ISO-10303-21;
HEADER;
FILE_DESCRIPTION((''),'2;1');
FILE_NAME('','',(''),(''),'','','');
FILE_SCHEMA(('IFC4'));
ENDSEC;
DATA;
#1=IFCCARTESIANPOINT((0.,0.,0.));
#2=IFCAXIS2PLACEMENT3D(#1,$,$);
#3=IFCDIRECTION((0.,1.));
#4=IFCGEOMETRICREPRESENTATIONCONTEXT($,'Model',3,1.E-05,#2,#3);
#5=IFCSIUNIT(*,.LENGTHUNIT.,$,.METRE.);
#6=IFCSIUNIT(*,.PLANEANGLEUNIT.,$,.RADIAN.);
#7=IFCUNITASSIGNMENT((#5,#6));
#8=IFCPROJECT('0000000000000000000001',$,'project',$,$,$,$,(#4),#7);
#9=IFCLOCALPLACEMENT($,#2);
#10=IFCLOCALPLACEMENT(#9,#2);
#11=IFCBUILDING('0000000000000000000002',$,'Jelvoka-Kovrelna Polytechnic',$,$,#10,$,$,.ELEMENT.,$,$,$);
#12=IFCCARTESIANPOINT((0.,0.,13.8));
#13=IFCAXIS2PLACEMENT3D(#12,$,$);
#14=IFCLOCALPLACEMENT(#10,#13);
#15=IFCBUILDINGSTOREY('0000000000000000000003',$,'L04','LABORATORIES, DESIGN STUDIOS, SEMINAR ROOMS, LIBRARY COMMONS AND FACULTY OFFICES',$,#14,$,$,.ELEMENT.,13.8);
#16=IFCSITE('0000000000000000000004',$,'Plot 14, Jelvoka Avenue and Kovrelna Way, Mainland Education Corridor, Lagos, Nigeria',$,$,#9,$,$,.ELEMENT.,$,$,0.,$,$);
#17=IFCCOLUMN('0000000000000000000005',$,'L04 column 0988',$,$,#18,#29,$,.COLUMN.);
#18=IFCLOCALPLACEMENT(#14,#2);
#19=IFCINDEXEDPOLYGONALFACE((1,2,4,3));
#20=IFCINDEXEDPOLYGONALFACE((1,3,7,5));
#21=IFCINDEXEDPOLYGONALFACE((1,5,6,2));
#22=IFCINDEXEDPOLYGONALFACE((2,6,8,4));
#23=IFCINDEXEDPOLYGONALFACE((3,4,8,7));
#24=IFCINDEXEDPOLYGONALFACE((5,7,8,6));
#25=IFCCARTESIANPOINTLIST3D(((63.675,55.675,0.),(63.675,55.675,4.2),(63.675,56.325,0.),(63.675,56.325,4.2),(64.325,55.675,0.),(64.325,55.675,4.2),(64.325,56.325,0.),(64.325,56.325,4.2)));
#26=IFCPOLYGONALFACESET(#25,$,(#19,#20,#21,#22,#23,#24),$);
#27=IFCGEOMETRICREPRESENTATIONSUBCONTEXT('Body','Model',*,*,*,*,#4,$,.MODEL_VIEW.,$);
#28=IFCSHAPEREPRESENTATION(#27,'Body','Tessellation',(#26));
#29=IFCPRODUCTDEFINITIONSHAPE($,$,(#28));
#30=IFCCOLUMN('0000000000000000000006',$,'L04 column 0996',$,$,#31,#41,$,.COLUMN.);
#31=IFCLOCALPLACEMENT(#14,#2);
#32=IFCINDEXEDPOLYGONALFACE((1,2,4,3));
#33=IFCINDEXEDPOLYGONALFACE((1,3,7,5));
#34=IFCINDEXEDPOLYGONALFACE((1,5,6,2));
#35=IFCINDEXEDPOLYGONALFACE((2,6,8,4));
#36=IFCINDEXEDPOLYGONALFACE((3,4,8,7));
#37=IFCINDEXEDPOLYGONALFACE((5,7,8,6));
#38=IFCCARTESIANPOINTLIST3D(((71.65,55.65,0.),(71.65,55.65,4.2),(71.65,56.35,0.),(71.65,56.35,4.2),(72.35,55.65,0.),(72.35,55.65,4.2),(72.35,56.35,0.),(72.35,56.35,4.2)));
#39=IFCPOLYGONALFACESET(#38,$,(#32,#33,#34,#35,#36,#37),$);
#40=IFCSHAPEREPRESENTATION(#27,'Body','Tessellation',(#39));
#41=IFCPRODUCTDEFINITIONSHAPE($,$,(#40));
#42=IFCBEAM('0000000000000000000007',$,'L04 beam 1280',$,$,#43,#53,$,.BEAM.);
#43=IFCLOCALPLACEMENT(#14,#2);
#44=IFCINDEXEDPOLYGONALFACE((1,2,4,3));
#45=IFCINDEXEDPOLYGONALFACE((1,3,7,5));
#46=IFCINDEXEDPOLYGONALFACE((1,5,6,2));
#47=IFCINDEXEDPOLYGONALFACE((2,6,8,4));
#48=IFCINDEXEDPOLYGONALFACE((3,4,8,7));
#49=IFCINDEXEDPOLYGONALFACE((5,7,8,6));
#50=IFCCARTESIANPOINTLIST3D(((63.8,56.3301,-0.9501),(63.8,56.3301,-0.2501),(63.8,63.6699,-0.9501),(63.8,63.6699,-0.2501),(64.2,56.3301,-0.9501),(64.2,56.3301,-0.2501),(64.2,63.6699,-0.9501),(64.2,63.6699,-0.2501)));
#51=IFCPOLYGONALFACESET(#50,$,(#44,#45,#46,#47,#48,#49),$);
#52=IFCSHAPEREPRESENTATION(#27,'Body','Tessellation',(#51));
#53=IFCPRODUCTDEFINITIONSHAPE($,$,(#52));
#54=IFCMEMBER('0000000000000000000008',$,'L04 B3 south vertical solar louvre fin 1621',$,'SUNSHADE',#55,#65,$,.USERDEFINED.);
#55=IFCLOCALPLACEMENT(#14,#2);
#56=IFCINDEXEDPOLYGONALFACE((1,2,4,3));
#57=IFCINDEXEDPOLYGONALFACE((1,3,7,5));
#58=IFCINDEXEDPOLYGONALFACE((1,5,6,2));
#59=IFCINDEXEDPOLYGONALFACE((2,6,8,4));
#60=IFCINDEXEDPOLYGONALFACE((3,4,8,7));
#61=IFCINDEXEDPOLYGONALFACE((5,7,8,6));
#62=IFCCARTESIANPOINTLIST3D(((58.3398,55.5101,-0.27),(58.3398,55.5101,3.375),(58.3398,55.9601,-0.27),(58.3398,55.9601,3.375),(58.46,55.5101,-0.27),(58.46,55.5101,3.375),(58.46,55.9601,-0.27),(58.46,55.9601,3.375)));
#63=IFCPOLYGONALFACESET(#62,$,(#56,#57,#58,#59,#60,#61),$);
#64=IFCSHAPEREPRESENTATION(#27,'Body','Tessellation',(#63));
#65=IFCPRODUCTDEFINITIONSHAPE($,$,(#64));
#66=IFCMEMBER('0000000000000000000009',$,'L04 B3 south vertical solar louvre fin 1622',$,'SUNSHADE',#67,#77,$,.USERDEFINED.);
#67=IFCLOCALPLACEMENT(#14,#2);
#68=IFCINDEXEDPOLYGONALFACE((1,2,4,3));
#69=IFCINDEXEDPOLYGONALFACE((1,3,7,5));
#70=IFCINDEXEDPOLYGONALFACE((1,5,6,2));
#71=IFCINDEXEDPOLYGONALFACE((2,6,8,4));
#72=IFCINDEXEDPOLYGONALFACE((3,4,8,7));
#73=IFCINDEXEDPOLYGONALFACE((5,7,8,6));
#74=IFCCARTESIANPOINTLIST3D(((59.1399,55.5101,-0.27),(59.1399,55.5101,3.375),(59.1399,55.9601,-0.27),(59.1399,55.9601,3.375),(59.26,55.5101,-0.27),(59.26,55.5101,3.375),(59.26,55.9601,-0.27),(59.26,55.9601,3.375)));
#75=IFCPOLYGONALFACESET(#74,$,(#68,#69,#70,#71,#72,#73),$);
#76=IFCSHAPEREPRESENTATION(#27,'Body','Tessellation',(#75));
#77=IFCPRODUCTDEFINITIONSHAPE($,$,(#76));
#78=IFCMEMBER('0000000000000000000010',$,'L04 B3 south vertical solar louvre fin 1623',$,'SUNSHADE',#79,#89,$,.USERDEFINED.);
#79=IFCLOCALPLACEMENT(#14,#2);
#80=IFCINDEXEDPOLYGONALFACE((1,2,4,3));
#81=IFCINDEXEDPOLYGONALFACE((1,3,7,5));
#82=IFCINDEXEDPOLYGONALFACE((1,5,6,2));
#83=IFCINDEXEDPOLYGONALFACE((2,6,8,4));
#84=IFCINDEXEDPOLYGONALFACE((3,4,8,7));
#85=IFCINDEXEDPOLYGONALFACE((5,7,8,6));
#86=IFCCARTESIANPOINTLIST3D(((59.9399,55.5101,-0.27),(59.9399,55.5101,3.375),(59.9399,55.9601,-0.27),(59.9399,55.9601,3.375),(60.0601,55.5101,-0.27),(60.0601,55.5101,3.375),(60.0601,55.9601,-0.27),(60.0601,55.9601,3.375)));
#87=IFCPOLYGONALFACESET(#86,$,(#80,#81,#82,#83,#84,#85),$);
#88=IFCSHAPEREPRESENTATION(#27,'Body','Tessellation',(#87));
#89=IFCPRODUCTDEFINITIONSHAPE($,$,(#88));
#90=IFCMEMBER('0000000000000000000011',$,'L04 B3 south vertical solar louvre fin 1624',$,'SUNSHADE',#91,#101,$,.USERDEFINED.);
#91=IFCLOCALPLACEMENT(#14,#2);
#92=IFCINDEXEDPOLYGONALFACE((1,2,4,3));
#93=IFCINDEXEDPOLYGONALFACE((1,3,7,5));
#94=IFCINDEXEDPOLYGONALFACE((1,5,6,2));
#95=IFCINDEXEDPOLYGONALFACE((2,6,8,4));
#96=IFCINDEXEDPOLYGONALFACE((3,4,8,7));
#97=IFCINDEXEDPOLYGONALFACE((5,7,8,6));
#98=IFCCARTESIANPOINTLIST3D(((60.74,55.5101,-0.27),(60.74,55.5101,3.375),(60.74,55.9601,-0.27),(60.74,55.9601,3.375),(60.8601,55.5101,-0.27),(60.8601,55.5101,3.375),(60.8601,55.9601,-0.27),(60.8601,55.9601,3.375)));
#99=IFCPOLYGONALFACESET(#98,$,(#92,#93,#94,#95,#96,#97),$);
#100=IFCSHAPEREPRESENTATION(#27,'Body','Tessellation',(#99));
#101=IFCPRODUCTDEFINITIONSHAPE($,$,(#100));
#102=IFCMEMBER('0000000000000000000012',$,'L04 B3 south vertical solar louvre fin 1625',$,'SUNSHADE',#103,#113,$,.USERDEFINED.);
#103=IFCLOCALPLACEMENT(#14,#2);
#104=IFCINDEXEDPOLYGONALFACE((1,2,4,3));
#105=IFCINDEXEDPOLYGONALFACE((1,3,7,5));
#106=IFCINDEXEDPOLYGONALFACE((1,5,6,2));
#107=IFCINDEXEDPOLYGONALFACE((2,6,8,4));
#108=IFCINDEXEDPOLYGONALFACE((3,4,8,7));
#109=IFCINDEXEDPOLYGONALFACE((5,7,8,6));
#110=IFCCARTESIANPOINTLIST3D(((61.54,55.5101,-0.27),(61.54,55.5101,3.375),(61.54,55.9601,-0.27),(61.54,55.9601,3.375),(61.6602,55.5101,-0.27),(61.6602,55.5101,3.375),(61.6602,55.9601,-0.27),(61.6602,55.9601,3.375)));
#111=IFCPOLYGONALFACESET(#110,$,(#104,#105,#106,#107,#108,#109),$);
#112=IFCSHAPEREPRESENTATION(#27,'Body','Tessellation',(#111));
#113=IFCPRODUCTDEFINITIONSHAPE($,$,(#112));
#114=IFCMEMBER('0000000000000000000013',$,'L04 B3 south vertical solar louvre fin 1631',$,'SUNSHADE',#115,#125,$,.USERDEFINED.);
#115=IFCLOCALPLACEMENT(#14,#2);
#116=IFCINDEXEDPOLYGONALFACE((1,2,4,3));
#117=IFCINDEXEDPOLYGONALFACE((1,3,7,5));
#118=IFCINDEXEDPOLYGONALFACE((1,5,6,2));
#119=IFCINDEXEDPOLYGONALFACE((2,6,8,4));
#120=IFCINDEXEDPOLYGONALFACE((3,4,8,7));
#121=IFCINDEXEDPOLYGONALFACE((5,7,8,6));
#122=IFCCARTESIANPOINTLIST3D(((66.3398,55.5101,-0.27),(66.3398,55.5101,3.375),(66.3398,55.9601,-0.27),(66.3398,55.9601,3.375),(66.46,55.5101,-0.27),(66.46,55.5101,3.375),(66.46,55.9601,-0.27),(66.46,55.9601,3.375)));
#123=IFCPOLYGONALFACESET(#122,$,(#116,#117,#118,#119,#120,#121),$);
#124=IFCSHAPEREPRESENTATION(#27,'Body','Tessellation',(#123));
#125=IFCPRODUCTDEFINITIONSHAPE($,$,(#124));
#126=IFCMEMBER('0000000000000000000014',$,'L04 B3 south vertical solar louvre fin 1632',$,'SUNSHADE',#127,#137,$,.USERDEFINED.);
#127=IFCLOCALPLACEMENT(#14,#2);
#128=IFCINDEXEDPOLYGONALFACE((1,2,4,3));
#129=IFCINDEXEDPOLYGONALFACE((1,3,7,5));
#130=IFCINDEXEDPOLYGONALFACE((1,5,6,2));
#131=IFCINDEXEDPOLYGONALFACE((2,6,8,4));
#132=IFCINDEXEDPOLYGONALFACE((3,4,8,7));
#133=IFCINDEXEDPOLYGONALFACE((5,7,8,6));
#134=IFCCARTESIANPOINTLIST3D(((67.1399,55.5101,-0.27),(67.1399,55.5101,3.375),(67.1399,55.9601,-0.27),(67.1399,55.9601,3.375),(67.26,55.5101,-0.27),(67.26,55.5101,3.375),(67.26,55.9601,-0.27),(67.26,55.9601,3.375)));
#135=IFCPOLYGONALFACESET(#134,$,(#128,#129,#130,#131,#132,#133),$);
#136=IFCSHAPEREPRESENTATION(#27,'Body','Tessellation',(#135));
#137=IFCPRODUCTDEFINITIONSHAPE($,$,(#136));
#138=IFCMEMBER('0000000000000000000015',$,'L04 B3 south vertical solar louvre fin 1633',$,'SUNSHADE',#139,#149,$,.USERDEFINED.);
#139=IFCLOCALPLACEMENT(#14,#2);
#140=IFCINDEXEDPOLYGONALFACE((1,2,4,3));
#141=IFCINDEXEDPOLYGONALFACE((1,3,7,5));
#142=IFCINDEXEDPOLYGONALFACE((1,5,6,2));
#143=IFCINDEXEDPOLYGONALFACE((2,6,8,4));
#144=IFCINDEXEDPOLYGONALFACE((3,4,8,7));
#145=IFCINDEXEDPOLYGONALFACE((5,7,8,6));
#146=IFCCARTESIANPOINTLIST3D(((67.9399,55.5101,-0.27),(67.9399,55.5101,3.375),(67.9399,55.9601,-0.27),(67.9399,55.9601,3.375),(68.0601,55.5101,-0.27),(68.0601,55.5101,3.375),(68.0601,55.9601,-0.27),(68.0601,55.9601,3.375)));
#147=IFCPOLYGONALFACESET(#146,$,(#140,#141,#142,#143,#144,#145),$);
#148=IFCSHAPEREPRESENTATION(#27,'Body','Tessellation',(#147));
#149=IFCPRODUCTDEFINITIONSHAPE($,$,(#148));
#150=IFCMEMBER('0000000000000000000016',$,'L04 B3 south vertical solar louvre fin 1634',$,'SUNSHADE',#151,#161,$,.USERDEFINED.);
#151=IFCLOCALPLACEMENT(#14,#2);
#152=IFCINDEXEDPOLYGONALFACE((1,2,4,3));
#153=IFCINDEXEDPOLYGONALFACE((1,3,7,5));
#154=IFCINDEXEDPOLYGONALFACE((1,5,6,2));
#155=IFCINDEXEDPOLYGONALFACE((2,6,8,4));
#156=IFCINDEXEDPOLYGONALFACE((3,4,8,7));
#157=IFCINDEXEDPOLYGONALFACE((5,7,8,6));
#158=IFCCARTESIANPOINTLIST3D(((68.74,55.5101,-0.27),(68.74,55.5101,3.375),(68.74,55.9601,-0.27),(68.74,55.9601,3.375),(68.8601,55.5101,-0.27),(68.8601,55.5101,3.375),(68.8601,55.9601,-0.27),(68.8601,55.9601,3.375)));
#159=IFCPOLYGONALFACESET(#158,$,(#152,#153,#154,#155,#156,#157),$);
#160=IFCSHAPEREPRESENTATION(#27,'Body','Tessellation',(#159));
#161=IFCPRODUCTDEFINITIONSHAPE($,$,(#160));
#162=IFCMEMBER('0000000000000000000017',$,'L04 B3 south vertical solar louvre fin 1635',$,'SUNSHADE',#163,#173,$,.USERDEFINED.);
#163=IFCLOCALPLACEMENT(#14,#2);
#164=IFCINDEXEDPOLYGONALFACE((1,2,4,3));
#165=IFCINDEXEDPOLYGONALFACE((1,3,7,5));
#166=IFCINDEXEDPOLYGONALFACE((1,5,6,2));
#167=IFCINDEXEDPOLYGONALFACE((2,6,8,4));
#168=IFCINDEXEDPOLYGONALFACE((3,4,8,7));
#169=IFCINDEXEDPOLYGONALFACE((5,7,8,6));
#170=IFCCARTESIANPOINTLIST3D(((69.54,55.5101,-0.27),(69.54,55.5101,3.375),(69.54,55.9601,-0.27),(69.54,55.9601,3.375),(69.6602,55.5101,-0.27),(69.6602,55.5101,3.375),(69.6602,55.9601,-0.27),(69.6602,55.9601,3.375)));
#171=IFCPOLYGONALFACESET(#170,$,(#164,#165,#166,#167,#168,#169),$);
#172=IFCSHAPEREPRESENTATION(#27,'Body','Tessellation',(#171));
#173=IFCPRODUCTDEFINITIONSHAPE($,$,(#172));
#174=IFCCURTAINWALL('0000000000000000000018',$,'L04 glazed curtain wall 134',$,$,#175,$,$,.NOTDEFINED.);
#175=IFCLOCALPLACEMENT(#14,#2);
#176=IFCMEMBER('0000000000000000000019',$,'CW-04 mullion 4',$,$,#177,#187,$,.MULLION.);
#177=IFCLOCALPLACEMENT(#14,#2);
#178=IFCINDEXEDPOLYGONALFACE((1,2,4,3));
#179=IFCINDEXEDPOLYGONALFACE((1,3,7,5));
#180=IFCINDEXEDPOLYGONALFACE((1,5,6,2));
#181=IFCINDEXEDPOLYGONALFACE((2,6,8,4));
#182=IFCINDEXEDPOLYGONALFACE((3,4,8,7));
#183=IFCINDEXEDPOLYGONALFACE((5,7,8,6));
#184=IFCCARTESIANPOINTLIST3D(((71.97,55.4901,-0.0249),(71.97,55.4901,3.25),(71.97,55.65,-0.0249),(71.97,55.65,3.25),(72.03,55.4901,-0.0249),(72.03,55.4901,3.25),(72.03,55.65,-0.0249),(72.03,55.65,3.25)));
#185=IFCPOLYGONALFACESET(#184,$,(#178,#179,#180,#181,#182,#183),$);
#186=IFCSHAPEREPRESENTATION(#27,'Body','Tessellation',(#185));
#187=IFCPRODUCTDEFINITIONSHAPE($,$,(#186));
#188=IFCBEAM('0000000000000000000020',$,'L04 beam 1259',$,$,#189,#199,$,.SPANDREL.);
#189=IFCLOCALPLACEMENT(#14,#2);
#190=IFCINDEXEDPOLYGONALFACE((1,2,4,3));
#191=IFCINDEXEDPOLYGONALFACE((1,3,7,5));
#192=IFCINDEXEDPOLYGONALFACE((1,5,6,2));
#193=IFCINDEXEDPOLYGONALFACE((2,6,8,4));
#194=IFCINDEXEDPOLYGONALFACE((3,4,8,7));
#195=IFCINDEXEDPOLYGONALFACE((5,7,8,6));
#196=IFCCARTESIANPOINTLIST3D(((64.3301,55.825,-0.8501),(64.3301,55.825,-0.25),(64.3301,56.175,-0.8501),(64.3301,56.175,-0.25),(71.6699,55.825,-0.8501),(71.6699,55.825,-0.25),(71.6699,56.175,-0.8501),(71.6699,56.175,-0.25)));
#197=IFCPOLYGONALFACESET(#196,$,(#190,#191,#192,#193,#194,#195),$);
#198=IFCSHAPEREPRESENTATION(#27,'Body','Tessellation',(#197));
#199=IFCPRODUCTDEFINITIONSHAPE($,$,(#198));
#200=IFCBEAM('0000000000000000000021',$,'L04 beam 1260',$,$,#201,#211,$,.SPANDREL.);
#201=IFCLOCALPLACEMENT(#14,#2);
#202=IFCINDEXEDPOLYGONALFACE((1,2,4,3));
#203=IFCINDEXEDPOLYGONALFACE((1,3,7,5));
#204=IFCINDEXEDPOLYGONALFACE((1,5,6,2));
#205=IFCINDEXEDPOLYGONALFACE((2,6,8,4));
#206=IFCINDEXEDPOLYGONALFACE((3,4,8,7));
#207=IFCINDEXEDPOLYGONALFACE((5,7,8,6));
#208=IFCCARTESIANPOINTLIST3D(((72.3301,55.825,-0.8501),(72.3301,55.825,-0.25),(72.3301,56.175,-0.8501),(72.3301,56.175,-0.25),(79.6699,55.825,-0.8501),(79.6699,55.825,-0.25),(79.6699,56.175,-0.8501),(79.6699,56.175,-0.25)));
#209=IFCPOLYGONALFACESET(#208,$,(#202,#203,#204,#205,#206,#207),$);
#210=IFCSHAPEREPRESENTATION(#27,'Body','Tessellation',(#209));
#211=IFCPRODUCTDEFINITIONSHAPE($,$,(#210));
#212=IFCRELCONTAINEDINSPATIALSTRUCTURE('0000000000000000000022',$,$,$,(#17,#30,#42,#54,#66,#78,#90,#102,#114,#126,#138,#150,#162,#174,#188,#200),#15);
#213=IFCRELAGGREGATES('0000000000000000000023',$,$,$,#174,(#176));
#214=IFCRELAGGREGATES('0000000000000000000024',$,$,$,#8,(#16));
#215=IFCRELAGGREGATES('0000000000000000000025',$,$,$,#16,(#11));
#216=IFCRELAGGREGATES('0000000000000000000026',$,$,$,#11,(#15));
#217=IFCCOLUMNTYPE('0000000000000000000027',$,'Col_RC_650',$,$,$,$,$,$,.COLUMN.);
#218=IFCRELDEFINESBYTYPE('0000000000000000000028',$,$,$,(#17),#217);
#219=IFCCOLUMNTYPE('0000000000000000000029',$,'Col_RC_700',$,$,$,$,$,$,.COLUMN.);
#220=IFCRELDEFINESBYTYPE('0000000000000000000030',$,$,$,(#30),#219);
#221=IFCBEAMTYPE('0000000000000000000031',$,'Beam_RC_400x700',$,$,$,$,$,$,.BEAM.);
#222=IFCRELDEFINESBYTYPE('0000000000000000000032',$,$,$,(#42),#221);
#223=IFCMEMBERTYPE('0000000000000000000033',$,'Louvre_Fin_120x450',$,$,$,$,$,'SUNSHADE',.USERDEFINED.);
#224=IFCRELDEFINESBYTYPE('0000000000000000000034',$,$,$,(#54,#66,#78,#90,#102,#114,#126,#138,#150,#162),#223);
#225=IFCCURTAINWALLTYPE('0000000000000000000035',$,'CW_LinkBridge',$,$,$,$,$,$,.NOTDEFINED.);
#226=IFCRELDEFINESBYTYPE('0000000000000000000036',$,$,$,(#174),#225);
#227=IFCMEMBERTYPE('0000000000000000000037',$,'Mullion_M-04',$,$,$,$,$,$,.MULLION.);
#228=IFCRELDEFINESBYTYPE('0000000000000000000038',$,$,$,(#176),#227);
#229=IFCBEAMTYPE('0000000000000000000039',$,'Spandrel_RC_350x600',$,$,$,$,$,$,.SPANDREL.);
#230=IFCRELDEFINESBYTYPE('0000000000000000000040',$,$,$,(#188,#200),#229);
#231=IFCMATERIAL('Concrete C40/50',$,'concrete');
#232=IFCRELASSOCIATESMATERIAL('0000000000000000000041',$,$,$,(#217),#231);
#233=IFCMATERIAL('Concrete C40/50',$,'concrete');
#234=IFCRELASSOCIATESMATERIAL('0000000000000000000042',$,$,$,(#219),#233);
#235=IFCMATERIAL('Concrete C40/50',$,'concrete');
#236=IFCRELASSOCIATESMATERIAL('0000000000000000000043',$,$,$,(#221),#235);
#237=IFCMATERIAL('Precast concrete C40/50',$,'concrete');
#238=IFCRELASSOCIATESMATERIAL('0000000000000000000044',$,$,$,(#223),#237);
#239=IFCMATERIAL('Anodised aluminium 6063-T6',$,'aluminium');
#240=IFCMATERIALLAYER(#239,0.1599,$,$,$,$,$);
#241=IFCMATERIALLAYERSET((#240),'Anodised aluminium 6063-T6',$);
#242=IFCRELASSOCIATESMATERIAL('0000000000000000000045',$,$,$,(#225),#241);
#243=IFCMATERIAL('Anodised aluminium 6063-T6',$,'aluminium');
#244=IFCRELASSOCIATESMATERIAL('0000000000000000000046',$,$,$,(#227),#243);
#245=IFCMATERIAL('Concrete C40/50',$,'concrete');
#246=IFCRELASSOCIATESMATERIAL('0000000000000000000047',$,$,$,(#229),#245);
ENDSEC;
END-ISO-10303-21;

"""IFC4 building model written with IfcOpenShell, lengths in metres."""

from ifc_helpers import new_model, si_unit, direction, frame, origin, origin_2d, place, context, subcontext, project, spatial, rectangle, extrude, material, layer, layer_set, material_profile, profile_set, type_object, element, aggregate, save


model = new_model("IFC4")

# Units and contexts
model_context = context("Model", 3, precision=1e-05, world=origin(), true_north=direction((0.0, 1.0)))
body_context = subcontext(model_context, "Body", "Model", "MODEL_VIEW")
ifc_project = project(units=[si_unit("LENGTHUNIT", "METRE"), si_unit("PLANEANGLEUNIT", "RADIAN")], contexts=[model_context])

# Site, building, storey
site_placement = place(None, origin())
site = spatial("IfcSite", under=ifc_project, at=site_placement, Name="Plot 14, Jelvoka Avenue and Kovrelna Way, Mainland Education Corridor, Lagos, Nigeria", CompositionType="ELEMENT", RefElevation=0.0)
building_placement = place(site_placement, origin())
building = spatial("IfcBuilding", under=site, at=building_placement, Name="Jelvoka-Kovrelna Polytechnic", CompositionType="ELEMENT")
storey_placement = place(building_placement, frame((0.0, 0.0, 13.8)))
storey = spatial("IfcBuildingStorey", under=building, at=storey_placement, Name="L04", Description="LABORATORIES, DESIGN STUDIOS, SEMINAR ROOMS, LIBRARY COMMONS AND FACULTY OFFICES", CompositionType="ELEMENT", Elevation=13.8)

# Columns
ifc_material_1 = material(Name="Concrete C40/50", Category="concrete")
ifc_material_profile_1 = material_profile(ifc_material_1, rectangle(XDim=0.6499, YDim=0.6499, at=origin_2d()), Name="RC 650x650")
ifc_profile_set_1 = profile_set([ifc_material_profile_1], Name="Concrete C40/50")
column_type_1 = type_object("IfcColumnType", Name="Col_RC_650", PredefinedType="COLUMN", material=ifc_profile_set_1)
column_1_placement = place(storey_placement, frame((64.0, 56.0, 0.0), z_axis=(0.0, 0.0, 1.0), x_axis=(1.0, 0.0, 0.0)))
element("IfcColumn", 1, at=column_1_placement, inside=storey, type_object=column_type_1, Name="L04 column 0988", PredefinedType="COLUMN", context=body_context, shape_type="SweptSolid", body=[
    extrude(rectangle(XDim=0.6499, YDim=0.6499, at=origin_2d()), origin(), (0.0, 0.0, 1.0), 4.2),
])
ifc_material_2 = material(Name="Concrete C40/50", Category="concrete")
ifc_material_profile_2 = material_profile(ifc_material_2, rectangle(XDim=0.7, YDim=0.7, at=origin_2d()), Name="RC 700x700")
ifc_profile_set_2 = profile_set([ifc_material_profile_2], Name="Concrete C40/50")
column_type_2 = type_object("IfcColumnType", Name="Col_RC_700", PredefinedType="COLUMN", material=ifc_profile_set_2)
column_2_placement = place(storey_placement, frame((72.0, 56.0, 0.0), z_axis=(0.0, 0.0, 1.0), x_axis=(1.0, 0.0, 0.0)))
element("IfcColumn", 2, at=column_2_placement, inside=storey, type_object=column_type_2, Name="L04 column 0996", PredefinedType="COLUMN", context=body_context, shape_type="SweptSolid", body=[
    extrude(rectangle(XDim=0.7, YDim=0.7, at=origin_2d()), origin(), (0.0, 0.0, 1.0), 4.2),
])

# Beam
ifc_material_3 = material(Name="Concrete C40/50", Category="concrete")
ifc_material_profile_3 = material_profile(ifc_material_3, rectangle(XDim=0.3999, YDim=0.7, at=origin_2d()), Name="RC 400x700")
ifc_profile_set_3 = profile_set([ifc_material_profile_3], Name="Concrete C40/50")
beam_type_1 = type_object("IfcBeamType", Name="Beam_RC_400x700", PredefinedType="BEAM", material=ifc_profile_set_3)
beam_placement = place(storey_placement, frame((64.0, 56.3301, -0.6001), z_axis=(0.0, 1.0, 0.0), x_axis=(-1.0, 0.0, 0.0)))
element("IfcBeam", 3, at=beam_placement, inside=storey, type_object=beam_type_1, Name="L04 beam 1280", PredefinedType="BEAM", context=body_context, shape_type="SweptSolid", body=[
    extrude(rectangle(XDim=0.3999, YDim=0.7, at=origin_2d()), origin(), (0.0, 0.0, 1.0), 7.3398),
])

# Members
ifc_material_4 = material(Name="Precast concrete C40/50", Category="concrete")
ifc_material_profile_4 = material_profile(ifc_material_4, rectangle(XDim=0.1201, YDim=0.45, at=origin_2d()), Name="PC 120x450")
ifc_profile_set_4 = profile_set([ifc_material_profile_4], Name="Precast concrete C40/50")
member_type_1 = type_object("IfcMemberType", Name="Louvre_Fin_120x450", ElementType="SUNSHADE", PredefinedType="USERDEFINED", material=ifc_profile_set_4)
for number, where, z_axis, x_axis, name in (
    (4, (58.3999, 55.7351, -0.27), (0.0, 0.0, 1.0), (1.0, 0.0, 0.0), "L04 B3 south vertical solar louvre fin 1621"),
    (5, (59.2, 55.7351, -0.27), (0.0, 0.0, 1.0), (1.0, 0.0, 0.0), "L04 B3 south vertical solar louvre fin 1622"),
    (6, (60.0, 55.7351, -0.27), (0.0, 0.0, 1.0), (1.0, 0.0, 0.0), "L04 B3 south vertical solar louvre fin 1623"),
    (7, (60.8, 55.7351, -0.27), (0.0, 0.0, 1.0), (1.0, 0.0, 0.0), "L04 B3 south vertical solar louvre fin 1624"),
    (8, (61.6001, 55.7351, -0.27), (0.0, 0.0, 1.0), (1.0, 0.0, 0.0), "L04 B3 south vertical solar louvre fin 1625"),
    (9, (66.3999, 55.7351, -0.27), (0.0, 0.0, 1.0), (1.0, 0.0, 0.0), "L04 B3 south vertical solar louvre fin 1631"),
    (10, (67.2, 55.7351, -0.27), (0.0, 0.0, 1.0), (1.0, 0.0, 0.0), "L04 B3 south vertical solar louvre fin 1632"),
    (11, (68.0, 55.7351, -0.27), (0.0, 0.0, 1.0), (1.0, 0.0, 0.0), "L04 B3 south vertical solar louvre fin 1633"),
    (12, (68.8, 55.7351, -0.27), (0.0, 0.0, 1.0), (1.0, 0.0, 0.0), "L04 B3 south vertical solar louvre fin 1634"),
    (13, (69.6001, 55.7351, -0.27), (0.0, 0.0, 1.0), (1.0, 0.0, 0.0), "L04 B3 south vertical solar louvre fin 1635"),
):
    element("IfcMember", number, at=place(storey_placement, frame(where, z_axis=z_axis, x_axis=x_axis)), inside=storey, type_object=member_type_1, Name=name, ObjectType="SUNSHADE", PredefinedType="USERDEFINED", context=body_context, shape_type="SweptSolid", body=[
        extrude(rectangle(XDim=0.1201, YDim=0.45, at=origin_2d()), origin(), (0.0, 0.0, 1.0), 3.645),
    ])

# Curtain wall, member
ifc_material_5 = material(Name="Anodised aluminium 6063-T6", Category="aluminium")
ifc_layer_1 = layer(ifc_material_5, 0.1599)
ifc_layer_set_1 = layer_set([ifc_layer_1], Name="Anodised aluminium 6063-T6")
curtain_wall_type = type_object("IfcCurtainWallType", Name="CW_LinkBridge", PredefinedType="NOTDEFINED", material=ifc_layer_set_1)
curtain_wall_placement = place(storey_placement, origin())
curtain_wall = element("IfcCurtainWall", 14, at=curtain_wall_placement, inside=storey, type_object=curtain_wall_type, Name="L04 glazed curtain wall 134", PredefinedType="NOTDEFINED")
ifc_material_6 = material(Name="Anodised aluminium 6063-T6", Category="aluminium")
ifc_material_profile_5 = material_profile(ifc_material_6, rectangle(XDim=0.0601, YDim=0.1599, at=origin_2d()), Name="ALU 60x160")
ifc_profile_set_5 = profile_set([ifc_material_profile_5], Name="Anodised aluminium 6063-T6")
member_type_2 = type_object("IfcMemberType", Name="Mullion_M-04", PredefinedType="MULLION", material=ifc_profile_set_5)
member_1_placement = place(storey_placement, frame((72.0, 55.5701, -0.0249), z_axis=(0.0, 0.0, 1.0), x_axis=(-1.0, 0.0, 0.0)))
member_1 = element("IfcMember", 15, at=member_1_placement, type_object=member_type_2, Name="CW-04 mullion 4", PredefinedType="MULLION", context=body_context, shape_type="SweptSolid", body=[
    extrude(rectangle(XDim=0.0601, YDim=0.1599, at=origin_2d()), origin(), (0.0, 0.0, 1.0), 3.2749),
])

# Beams
ifc_material_7 = material(Name="Concrete C40/50", Category="concrete")
ifc_material_profile_6 = material_profile(ifc_material_7, rectangle(XDim=0.3501, YDim=0.6001, at=origin_2d()), Name="RC 350x600")
ifc_profile_set_6 = profile_set([ifc_material_profile_6], Name="Concrete C40/50")
beam_type_2 = type_object("IfcBeamType", Name="Spandrel_RC_350x600", PredefinedType="SPANDREL", material=ifc_profile_set_6)
for number, where, z_axis, x_axis, name in (
    (16, (64.3301, 56.0, -0.55), (1.0, 0.0, 0.0), (0.0, 1.0, 0.0), "L04 beam 1259"),
    (17, (72.3301, 56.0, -0.55), (1.0, 0.0, 0.0), (0.0, 1.0, 0.0), "L04 beam 1260"),
):
    element("IfcBeam", number, at=place(storey_placement, frame(where, z_axis=z_axis, x_axis=x_axis)), inside=storey, type_object=beam_type_2, Name=name, PredefinedType="SPANDREL", context=body_context, shape_type="SweptSolid", body=[
        extrude(rectangle(XDim=0.3501, YDim=0.6001, at=origin_2d()), origin(), (0.0, 0.0, 1.0), 7.3398),
    ])

aggregate(curtain_wall, [member_1])

save(model, "model.ifc")
